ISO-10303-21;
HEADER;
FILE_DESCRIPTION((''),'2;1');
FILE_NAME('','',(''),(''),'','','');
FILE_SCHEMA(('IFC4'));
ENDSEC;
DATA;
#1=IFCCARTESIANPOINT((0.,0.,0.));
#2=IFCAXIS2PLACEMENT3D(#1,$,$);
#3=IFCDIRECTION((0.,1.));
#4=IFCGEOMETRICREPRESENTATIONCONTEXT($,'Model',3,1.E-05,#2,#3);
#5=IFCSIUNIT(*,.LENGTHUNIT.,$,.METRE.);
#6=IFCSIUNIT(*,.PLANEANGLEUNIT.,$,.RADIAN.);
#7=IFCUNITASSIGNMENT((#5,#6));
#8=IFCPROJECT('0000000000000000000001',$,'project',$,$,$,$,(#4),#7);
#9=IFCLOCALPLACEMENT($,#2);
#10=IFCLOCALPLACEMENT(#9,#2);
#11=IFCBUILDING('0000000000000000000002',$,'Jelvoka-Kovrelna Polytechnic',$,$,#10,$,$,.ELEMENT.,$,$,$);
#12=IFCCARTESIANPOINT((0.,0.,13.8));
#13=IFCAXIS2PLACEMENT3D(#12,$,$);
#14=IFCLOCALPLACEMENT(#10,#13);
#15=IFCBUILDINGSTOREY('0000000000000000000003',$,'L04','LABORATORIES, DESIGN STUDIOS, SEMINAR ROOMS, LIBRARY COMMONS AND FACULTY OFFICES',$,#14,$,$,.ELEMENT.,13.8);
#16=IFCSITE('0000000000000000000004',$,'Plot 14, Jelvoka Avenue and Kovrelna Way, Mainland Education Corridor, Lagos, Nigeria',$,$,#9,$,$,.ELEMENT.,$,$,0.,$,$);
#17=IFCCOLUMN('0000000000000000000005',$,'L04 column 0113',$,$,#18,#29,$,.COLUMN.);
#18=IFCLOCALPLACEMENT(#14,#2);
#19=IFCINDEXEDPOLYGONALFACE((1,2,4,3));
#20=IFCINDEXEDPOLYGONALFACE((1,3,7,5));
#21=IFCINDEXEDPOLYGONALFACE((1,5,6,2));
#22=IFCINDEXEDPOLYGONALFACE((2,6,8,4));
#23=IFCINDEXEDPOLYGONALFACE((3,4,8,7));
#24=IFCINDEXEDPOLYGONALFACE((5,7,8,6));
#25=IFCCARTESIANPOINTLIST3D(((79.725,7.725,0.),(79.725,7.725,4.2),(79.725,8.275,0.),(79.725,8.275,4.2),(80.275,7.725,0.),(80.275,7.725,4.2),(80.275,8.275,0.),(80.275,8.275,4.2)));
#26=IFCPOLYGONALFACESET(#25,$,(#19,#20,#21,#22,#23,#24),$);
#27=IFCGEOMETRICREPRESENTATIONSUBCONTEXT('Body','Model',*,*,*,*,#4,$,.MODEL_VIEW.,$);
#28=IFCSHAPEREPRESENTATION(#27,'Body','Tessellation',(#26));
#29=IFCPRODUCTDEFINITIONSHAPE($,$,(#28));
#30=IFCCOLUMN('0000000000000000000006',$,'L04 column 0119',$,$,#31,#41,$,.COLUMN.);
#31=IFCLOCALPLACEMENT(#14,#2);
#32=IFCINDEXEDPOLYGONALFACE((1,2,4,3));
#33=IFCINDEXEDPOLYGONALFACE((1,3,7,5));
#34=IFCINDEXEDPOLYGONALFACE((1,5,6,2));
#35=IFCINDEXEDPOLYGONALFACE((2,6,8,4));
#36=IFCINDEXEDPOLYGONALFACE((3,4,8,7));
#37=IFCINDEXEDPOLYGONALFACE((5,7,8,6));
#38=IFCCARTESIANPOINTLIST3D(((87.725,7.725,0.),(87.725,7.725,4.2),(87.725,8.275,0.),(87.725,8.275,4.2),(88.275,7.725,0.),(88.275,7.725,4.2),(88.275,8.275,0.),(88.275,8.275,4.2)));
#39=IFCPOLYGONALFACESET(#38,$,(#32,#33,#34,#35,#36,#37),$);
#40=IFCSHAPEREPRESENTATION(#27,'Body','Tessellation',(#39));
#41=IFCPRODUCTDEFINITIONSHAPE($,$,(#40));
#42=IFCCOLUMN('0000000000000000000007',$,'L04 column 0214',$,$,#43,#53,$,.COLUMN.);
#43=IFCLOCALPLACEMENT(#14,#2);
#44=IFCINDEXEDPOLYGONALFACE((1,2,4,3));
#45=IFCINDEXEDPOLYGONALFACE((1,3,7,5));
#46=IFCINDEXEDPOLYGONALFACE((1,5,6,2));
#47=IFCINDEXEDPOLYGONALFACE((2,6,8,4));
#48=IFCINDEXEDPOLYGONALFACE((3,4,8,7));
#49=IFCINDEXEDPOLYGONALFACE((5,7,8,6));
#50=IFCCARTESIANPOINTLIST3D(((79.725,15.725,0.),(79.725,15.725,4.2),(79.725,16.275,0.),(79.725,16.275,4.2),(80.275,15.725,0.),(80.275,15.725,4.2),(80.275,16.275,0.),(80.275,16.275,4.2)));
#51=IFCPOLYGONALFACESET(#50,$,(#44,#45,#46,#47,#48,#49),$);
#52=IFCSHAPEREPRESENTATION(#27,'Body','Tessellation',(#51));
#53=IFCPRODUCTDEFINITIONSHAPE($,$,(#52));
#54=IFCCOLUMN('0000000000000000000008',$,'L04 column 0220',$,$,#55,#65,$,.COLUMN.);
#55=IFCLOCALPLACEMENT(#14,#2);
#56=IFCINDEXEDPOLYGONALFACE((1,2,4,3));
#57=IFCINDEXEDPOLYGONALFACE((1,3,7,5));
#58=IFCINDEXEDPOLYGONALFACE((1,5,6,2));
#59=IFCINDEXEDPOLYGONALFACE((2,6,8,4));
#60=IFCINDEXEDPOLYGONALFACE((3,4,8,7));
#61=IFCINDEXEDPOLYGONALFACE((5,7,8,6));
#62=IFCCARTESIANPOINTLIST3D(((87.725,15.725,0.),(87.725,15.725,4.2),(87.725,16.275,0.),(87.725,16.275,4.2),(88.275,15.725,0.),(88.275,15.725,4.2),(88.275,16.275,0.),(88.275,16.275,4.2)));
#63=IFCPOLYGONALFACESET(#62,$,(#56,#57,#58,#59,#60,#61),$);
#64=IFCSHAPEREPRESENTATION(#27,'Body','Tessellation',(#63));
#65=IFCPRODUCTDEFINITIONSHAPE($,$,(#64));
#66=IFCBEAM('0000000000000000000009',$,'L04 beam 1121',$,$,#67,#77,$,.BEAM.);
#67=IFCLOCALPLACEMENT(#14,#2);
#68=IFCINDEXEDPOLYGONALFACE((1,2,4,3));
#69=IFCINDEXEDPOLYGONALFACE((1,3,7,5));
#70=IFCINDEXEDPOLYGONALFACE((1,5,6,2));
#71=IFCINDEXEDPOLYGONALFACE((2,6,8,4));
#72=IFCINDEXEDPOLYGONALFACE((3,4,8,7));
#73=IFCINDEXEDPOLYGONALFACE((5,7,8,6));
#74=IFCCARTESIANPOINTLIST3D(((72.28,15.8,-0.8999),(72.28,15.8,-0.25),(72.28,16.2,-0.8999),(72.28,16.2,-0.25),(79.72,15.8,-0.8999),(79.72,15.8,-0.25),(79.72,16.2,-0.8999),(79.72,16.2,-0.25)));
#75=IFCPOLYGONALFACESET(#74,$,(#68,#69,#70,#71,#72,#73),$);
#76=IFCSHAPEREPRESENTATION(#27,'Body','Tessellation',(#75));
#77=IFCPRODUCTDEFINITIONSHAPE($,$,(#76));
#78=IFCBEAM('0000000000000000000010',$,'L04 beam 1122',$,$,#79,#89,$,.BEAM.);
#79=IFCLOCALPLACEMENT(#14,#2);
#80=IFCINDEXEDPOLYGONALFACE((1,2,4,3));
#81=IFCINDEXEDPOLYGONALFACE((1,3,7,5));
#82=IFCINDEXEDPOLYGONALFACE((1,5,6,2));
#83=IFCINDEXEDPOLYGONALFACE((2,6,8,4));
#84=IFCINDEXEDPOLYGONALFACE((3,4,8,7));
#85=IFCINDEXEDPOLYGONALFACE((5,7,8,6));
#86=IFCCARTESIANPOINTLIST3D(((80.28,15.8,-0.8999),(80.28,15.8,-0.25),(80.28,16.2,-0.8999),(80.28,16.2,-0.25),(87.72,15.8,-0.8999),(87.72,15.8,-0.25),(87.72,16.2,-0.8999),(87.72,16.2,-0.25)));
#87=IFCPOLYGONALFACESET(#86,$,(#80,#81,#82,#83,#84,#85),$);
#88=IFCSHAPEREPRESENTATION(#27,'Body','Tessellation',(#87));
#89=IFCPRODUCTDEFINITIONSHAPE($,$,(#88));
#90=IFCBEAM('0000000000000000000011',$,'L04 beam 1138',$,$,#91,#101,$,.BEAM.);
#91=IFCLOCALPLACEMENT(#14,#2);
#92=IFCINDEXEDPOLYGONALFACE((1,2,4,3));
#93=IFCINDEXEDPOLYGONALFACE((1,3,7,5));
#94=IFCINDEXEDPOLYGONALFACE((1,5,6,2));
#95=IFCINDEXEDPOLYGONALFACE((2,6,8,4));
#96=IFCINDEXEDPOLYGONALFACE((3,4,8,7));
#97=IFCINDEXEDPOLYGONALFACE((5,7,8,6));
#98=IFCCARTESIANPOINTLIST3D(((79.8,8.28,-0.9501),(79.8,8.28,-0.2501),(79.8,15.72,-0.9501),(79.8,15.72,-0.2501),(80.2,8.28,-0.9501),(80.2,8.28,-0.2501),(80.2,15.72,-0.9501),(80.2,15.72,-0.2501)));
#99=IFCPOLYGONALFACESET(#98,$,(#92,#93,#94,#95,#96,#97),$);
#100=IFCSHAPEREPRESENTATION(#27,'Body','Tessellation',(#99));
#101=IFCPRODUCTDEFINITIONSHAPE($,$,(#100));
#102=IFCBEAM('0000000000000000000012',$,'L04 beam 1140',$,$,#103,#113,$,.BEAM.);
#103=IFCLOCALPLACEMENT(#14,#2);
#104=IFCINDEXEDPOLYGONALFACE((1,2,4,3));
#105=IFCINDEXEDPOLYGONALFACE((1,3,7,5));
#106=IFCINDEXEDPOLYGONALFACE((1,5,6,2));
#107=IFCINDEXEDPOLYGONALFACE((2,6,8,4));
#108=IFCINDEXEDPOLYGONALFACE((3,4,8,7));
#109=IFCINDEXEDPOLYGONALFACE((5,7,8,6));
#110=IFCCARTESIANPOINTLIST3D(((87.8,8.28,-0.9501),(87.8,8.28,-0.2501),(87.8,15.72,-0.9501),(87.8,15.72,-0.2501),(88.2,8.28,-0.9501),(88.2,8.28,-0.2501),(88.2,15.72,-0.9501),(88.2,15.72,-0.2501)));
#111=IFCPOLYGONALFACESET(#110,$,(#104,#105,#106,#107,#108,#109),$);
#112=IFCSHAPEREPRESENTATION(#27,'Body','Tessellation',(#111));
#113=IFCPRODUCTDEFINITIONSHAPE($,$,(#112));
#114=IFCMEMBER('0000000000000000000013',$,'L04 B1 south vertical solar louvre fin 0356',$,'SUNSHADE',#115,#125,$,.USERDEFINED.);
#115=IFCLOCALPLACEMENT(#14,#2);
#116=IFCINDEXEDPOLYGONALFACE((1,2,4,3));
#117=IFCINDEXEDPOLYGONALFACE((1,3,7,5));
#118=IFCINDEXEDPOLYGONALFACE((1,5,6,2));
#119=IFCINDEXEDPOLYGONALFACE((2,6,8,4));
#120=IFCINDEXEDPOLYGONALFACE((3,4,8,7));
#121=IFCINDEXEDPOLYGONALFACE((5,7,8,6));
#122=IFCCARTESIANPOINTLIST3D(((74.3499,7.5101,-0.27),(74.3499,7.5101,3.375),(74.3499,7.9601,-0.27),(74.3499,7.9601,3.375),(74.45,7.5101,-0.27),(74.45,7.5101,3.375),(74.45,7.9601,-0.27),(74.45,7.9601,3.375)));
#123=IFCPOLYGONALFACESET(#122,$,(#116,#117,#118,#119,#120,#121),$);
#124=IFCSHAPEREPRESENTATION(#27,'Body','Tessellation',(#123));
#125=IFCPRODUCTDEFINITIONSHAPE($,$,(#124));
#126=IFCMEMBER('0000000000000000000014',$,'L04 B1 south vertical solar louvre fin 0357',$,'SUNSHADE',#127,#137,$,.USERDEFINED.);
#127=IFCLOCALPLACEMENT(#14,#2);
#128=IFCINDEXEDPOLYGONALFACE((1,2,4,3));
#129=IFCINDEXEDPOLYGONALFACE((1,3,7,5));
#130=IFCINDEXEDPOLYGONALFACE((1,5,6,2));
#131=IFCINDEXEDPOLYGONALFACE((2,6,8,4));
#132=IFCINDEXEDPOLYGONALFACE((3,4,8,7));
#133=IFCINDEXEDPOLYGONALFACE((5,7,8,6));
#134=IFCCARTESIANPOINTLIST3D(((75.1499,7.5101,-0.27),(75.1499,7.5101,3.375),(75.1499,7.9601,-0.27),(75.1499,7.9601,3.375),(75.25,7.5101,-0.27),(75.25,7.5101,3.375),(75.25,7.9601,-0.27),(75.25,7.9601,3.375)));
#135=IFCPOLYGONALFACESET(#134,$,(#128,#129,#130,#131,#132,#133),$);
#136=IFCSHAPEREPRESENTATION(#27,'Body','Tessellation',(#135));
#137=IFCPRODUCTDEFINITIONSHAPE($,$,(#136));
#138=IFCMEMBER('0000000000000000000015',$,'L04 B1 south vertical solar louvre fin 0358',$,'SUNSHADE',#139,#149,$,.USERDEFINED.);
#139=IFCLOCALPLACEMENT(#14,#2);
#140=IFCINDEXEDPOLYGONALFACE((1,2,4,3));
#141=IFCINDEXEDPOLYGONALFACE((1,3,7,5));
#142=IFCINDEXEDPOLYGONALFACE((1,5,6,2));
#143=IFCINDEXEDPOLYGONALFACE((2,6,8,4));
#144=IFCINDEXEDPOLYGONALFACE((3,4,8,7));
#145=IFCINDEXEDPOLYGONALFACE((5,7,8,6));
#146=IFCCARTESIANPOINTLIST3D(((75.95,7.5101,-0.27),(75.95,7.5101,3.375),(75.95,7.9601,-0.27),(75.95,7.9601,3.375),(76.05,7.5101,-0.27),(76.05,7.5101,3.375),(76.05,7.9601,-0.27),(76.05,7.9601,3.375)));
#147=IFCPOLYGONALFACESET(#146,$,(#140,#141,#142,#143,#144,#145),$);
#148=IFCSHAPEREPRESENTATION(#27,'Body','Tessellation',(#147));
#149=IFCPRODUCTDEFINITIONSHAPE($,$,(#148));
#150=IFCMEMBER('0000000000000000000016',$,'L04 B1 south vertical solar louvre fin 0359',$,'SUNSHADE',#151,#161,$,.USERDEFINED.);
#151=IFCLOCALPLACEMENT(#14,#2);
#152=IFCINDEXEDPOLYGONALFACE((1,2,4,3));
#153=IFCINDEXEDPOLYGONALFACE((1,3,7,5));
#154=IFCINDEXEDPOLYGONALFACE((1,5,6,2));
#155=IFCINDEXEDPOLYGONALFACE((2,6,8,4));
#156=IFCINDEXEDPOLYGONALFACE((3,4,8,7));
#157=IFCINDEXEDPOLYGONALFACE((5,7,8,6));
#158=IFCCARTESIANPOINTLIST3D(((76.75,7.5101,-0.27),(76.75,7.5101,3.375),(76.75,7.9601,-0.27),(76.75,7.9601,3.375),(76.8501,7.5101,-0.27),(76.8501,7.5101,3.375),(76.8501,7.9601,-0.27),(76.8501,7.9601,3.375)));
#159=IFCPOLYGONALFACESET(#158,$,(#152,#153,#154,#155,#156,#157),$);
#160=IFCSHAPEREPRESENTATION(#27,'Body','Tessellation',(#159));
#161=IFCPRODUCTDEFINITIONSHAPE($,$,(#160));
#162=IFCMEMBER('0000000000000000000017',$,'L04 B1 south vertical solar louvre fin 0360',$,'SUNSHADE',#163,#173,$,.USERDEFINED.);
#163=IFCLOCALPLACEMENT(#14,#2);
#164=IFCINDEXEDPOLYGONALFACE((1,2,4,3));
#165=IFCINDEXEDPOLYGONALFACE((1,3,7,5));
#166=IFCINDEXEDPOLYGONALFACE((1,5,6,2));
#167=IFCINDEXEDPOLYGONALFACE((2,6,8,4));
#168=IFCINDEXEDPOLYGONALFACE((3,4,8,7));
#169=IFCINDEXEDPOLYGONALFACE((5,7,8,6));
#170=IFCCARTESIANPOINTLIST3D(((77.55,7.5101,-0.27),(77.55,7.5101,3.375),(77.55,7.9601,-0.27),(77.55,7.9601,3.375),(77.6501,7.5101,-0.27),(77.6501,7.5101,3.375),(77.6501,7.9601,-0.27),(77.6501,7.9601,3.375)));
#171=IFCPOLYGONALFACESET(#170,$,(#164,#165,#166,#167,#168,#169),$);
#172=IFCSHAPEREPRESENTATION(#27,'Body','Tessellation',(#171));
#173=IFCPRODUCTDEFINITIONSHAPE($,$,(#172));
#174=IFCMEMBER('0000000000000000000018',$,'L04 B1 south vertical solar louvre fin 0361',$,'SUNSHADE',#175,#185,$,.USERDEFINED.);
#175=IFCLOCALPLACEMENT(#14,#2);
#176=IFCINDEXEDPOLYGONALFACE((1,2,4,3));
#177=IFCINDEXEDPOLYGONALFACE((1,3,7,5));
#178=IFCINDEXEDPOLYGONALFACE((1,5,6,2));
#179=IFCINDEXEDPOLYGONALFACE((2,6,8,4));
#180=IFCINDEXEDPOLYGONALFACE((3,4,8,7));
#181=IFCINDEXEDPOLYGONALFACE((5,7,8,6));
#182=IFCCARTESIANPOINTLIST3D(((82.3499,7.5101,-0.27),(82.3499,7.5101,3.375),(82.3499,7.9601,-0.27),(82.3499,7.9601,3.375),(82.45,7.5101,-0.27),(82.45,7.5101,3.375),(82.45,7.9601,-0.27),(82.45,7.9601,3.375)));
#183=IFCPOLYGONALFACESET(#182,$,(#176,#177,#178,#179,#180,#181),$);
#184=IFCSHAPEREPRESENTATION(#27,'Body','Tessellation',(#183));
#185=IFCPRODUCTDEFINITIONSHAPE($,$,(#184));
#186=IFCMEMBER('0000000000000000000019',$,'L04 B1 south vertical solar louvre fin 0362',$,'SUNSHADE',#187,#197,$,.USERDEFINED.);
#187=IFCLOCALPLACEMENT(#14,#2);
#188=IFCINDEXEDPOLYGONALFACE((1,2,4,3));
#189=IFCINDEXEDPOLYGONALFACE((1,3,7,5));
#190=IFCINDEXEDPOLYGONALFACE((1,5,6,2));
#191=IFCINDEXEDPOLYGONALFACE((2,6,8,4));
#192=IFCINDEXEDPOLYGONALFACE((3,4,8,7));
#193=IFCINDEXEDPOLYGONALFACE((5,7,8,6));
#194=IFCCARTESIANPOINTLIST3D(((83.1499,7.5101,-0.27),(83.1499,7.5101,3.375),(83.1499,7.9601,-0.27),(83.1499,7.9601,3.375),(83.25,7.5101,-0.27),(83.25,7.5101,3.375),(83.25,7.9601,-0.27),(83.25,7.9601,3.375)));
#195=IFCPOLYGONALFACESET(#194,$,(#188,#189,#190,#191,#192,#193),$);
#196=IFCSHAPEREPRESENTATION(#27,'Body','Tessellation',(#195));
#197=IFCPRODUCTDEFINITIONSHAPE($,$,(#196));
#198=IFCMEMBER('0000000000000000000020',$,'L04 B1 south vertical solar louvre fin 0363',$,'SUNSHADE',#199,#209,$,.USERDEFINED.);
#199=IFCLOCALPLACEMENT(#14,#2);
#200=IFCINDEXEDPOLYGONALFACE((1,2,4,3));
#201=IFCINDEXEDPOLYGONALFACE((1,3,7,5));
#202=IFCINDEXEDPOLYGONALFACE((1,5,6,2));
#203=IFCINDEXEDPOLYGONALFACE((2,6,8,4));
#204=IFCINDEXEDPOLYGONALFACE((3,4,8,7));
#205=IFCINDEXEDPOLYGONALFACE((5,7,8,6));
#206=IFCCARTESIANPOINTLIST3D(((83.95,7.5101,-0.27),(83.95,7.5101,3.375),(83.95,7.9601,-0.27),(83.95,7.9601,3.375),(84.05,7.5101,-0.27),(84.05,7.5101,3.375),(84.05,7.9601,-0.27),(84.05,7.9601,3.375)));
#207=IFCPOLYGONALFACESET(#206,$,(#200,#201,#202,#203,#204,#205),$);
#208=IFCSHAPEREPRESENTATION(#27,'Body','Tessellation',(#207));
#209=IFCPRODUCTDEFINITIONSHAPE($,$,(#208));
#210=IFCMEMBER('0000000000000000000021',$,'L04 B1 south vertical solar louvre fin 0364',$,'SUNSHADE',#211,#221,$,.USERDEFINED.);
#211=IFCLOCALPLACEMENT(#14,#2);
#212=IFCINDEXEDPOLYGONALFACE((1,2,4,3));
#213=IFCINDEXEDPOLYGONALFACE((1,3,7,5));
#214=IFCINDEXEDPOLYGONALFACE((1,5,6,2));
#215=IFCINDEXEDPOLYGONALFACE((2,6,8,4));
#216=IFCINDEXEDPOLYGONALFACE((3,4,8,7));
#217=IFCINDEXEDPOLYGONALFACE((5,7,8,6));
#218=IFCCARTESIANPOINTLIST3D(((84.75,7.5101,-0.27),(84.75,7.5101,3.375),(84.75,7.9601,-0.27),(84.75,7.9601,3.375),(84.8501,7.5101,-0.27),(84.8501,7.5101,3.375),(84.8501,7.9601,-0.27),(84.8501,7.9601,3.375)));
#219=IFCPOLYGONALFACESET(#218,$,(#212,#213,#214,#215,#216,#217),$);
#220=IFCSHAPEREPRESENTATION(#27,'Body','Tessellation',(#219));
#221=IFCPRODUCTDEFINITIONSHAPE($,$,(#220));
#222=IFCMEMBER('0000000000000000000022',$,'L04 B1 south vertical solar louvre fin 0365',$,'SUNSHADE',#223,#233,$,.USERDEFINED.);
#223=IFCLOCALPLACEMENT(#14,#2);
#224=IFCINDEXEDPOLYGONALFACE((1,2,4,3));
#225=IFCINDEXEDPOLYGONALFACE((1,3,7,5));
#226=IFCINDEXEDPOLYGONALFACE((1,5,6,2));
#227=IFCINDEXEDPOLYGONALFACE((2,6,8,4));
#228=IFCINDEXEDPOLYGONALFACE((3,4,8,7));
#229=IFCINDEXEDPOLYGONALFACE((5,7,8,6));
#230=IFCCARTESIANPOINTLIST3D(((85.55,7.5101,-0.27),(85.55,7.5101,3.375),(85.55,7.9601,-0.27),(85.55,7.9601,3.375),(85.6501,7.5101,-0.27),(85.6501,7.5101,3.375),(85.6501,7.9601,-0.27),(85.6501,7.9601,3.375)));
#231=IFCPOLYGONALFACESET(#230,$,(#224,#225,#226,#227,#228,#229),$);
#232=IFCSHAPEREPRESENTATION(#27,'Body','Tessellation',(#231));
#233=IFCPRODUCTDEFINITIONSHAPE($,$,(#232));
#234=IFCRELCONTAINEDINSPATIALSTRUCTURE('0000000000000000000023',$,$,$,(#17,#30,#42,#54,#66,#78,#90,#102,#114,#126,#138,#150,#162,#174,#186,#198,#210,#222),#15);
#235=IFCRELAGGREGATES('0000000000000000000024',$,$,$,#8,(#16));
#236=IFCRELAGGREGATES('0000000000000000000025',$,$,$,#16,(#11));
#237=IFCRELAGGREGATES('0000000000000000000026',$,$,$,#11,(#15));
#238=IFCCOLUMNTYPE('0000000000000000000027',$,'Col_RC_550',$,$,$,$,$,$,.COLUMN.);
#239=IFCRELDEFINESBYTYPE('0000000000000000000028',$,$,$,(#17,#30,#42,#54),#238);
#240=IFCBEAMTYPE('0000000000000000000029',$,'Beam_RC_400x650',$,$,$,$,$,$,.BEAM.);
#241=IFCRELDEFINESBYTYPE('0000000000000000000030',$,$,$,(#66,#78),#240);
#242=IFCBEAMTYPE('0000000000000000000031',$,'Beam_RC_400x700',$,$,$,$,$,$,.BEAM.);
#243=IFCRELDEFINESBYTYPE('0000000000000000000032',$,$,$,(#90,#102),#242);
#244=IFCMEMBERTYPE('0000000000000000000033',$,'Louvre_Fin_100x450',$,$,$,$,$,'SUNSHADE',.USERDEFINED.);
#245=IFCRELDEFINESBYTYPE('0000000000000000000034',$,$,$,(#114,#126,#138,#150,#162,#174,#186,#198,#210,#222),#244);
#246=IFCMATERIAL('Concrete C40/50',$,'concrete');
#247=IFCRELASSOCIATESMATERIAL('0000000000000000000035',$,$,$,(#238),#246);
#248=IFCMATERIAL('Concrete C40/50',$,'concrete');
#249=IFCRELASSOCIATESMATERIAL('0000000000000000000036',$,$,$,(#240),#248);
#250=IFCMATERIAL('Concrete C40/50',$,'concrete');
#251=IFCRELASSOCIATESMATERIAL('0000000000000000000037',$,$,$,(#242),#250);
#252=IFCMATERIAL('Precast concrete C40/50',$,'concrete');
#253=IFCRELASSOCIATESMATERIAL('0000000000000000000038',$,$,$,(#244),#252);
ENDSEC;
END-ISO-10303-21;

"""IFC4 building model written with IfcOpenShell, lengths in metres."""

from ifc_helpers import new_model, si_unit, direction, frame, origin, origin_2d, place, context, subcontext, project, spatial, rectangle, extrude, material, material_profile, profile_set, type_object, element, save


model = new_model("IFC4")

# Units and contexts
model_context = context("Model", 3, precision=1e-05, world=origin(), true_north=direction((0.0, 1.0)))
body_context = subcontext(model_context, "Body", "Model", "MODEL_VIEW")
ifc_project = project(units=[si_unit("LENGTHUNIT", "METRE"), si_unit("PLANEANGLEUNIT", "RADIAN")], contexts=[model_context])

# Site, building, storey
site_placement = place(None, origin())
site = spatial("IfcSite", under=ifc_project, at=site_placement, Name="Plot 14, Jelvoka Avenue and Kovrelna Way, Mainland Education Corridor, Lagos, Nigeria", CompositionType="ELEMENT", RefElevation=0.0)
building_placement = place(site_placement, origin())
building = spatial("IfcBuilding", under=site, at=building_placement, Name="Jelvoka-Kovrelna Polytechnic", CompositionType="ELEMENT")
storey_placement = place(building_placement, frame((0.0, 0.0, 13.8)))
storey = spatial("IfcBuildingStorey", under=building, at=storey_placement, Name="L04", Description="LABORATORIES, DESIGN STUDIOS, SEMINAR ROOMS, LIBRARY COMMONS AND FACULTY OFFICES", CompositionType="ELEMENT", Elevation=13.8)

# Columns
ifc_material_1 = material(Name="Concrete C40/50", Category="concrete")
ifc_material_profile_1 = material_profile(ifc_material_1, rectangle(XDim=0.55, YDim=0.55, at=origin_2d()), Name="RC 550x550")
ifc_profile_set_1 = profile_set([ifc_material_profile_1], Name="Concrete C40/50")
column_type = type_object("IfcColumnType", Name="Col_RC_550", PredefinedType="COLUMN", material=ifc_profile_set_1)
for number, where, z_axis, x_axis, name in (
    (1, (80.0, 8.0, 0.0), (0.0, 0.0, 1.0), (1.0, 0.0, 0.0), "L04 column 0113"),
    (2, (88.0, 8.0, 0.0), (0.0, 0.0, 1.0), (1.0, 0.0, 0.0), "L04 column 0119"),
    (3, (80.0, 16.0, 0.0), (0.0, 0.0, 1.0), (1.0, 0.0, 0.0), "L04 column 0214"),
    (4, (88.0, 16.0, 0.0), (0.0, 0.0, 1.0), (1.0, 0.0, 0.0), "L04 column 0220"),
):
    element("IfcColumn", number, at=place(storey_placement, frame(where, z_axis=z_axis, x_axis=x_axis)), inside=storey, type_object=column_type, Name=name, PredefinedType="COLUMN", context=body_context, shape_type="SweptSolid", body=[
        extrude(rectangle(XDim=0.55, YDim=0.55, at=origin_2d()), origin(), (0.0, 0.0, 1.0), 4.2),
    ])

# Beams
ifc_material_2 = material(Name="Concrete C40/50", Category="concrete")
ifc_material_profile_2 = material_profile(ifc_material_2, rectangle(XDim=0.3999, YDim=0.6499, at=origin_2d()), Name="RC 400x650")
ifc_profile_set_2 = profile_set([ifc_material_profile_2], Name="Concrete C40/50")
beam_type_1 = type_object("IfcBeamType", Name="Beam_RC_400x650", PredefinedType="BEAM", material=ifc_profile_set_2)
for number, where, z_axis, x_axis, name in (
    (5, (72.28, 16.0, -0.575), (1.0, 0.0, 0.0), (0.0, 1.0, 0.0), "L04 beam 1121"),
    (6, (80.28, 16.0, -0.575), (1.0, 0.0, 0.0), (0.0, 1.0, 0.0), "L04 beam 1122"),
):
    element("IfcBeam", number, at=place(storey_placement, frame(where, z_axis=z_axis, x_axis=x_axis)), inside=storey, type_object=beam_type_1, Name=name, PredefinedType="BEAM", context=body_context, shape_type="SweptSolid", body=[
        extrude(rectangle(XDim=0.3999, YDim=0.6499, at=origin_2d()), origin(), (0.0, 0.0, 1.0), 7.4399),
    ])
ifc_material_3 = material(Name="Concrete C40/50", Category="concrete")
ifc_material_profile_3 = material_profile(ifc_material_3, rectangle(XDim=0.3999, YDim=0.7, at=origin_2d()), Name="RC 400x700")
ifc_profile_set_3 = profile_set([ifc_material_profile_3], Name="Concrete C40/50")
beam_type_2 = type_object("IfcBeamType", Name="Beam_RC_400x700", PredefinedType="BEAM", material=ifc_profile_set_3)
for number, where, z_axis, x_axis, name in (
    (7, (80.0, 8.28, -0.6001), (0.0, 1.0, 0.0), (-1.0, 0.0, 0.0), "L04 beam 1138"),
    (8, (88.0, 8.28, -0.6001), (0.0, 1.0, 0.0), (-1.0, 0.0, 0.0), "L04 beam 1140"),
):
    element("IfcBeam", number, at=place(storey_placement, frame(where, z_axis=z_axis, x_axis=x_axis)), inside=storey, type_object=beam_type_2, Name=name, PredefinedType="BEAM", context=body_context, shape_type="SweptSolid", body=[
        extrude(rectangle(XDim=0.3999, YDim=0.7, at=origin_2d()), origin(), (0.0, 0.0, 1.0), 7.4399),
    ])

# Members
ifc_material_4 = material(Name="Precast concrete C40/50", Category="concrete")
ifc_material_profile_4 = material_profile(ifc_material_4, rectangle(XDim=0.1001, YDim=0.45, at=origin_2d()), Name="PC 100x450")
ifc_profile_set_4 = profile_set([ifc_material_profile_4], Name="Precast concrete C40/50")
member_type = type_object("IfcMemberType", Name="Louvre_Fin_100x450", ElementType="SUNSHADE", PredefinedType="USERDEFINED", material=ifc_profile_set_4)
for number, where, z_axis, x_axis, name in (
    (9, (74.3999, 7.7351, -0.27), (0.0, 0.0, 1.0), (1.0, 0.0, 0.0), "L04 B1 south vertical solar louvre fin 0356"),
    (10, (75.2, 7.7351, -0.27), (0.0, 0.0, 1.0), (1.0, 0.0, 0.0), "L04 B1 south vertical solar louvre fin 0357"),
    (11, (76.0, 7.7351, -0.27), (0.0, 0.0, 1.0), (1.0, 0.0, 0.0), "L04 B1 south vertical solar louvre fin 0358"),
    (12, (76.8, 7.7351, -0.27), (0.0, 0.0, 1.0), (1.0, 0.0, 0.0), "L04 B1 south vertical solar louvre fin 0359"),
    (13, (77.6001, 7.7351, -0.27), (0.0, 0.0, 1.0), (1.0, 0.0, 0.0), "L04 B1 south vertical solar louvre fin 0360"),
    (14, (82.3999, 7.7351, -0.27), (0.0, 0.0, 1.0), (1.0, 0.0, 0.0), "L04 B1 south vertical solar louvre fin 0361"),
    (15, (83.2, 7.7351, -0.27), (0.0, 0.0, 1.0), (1.0, 0.0, 0.0), "L04 B1 south vertical solar louvre fin 0362"),
    (16, (84.0, 7.7351, -0.27), (0.0, 0.0, 1.0), (1.0, 0.0, 0.0), "L04 B1 south vertical solar louvre fin 0363"),
    (17, (84.8, 7.7351, -0.27), (0.0, 0.0, 1.0), (1.0, 0.0, 0.0), "L04 B1 south vertical solar louvre fin 0364"),
    (18, (85.6001, 7.7351, -0.27), (0.0, 0.0, 1.0), (1.0, 0.0, 0.0), "L04 B1 south vertical solar louvre fin 0365"),
):
    element("IfcMember", number, at=place(storey_placement, frame(where, z_axis=z_axis, x_axis=x_axis)), inside=storey, type_object=member_type, Name=name, ObjectType="SUNSHADE", PredefinedType="USERDEFINED", context=body_context, shape_type="SweptSolid", body=[
        extrude(rectangle(XDim=0.1001, YDim=0.45, at=origin_2d()), origin(), (0.0, 0.0, 1.0), 3.645),
    ])

save(model, "model.ifc")
